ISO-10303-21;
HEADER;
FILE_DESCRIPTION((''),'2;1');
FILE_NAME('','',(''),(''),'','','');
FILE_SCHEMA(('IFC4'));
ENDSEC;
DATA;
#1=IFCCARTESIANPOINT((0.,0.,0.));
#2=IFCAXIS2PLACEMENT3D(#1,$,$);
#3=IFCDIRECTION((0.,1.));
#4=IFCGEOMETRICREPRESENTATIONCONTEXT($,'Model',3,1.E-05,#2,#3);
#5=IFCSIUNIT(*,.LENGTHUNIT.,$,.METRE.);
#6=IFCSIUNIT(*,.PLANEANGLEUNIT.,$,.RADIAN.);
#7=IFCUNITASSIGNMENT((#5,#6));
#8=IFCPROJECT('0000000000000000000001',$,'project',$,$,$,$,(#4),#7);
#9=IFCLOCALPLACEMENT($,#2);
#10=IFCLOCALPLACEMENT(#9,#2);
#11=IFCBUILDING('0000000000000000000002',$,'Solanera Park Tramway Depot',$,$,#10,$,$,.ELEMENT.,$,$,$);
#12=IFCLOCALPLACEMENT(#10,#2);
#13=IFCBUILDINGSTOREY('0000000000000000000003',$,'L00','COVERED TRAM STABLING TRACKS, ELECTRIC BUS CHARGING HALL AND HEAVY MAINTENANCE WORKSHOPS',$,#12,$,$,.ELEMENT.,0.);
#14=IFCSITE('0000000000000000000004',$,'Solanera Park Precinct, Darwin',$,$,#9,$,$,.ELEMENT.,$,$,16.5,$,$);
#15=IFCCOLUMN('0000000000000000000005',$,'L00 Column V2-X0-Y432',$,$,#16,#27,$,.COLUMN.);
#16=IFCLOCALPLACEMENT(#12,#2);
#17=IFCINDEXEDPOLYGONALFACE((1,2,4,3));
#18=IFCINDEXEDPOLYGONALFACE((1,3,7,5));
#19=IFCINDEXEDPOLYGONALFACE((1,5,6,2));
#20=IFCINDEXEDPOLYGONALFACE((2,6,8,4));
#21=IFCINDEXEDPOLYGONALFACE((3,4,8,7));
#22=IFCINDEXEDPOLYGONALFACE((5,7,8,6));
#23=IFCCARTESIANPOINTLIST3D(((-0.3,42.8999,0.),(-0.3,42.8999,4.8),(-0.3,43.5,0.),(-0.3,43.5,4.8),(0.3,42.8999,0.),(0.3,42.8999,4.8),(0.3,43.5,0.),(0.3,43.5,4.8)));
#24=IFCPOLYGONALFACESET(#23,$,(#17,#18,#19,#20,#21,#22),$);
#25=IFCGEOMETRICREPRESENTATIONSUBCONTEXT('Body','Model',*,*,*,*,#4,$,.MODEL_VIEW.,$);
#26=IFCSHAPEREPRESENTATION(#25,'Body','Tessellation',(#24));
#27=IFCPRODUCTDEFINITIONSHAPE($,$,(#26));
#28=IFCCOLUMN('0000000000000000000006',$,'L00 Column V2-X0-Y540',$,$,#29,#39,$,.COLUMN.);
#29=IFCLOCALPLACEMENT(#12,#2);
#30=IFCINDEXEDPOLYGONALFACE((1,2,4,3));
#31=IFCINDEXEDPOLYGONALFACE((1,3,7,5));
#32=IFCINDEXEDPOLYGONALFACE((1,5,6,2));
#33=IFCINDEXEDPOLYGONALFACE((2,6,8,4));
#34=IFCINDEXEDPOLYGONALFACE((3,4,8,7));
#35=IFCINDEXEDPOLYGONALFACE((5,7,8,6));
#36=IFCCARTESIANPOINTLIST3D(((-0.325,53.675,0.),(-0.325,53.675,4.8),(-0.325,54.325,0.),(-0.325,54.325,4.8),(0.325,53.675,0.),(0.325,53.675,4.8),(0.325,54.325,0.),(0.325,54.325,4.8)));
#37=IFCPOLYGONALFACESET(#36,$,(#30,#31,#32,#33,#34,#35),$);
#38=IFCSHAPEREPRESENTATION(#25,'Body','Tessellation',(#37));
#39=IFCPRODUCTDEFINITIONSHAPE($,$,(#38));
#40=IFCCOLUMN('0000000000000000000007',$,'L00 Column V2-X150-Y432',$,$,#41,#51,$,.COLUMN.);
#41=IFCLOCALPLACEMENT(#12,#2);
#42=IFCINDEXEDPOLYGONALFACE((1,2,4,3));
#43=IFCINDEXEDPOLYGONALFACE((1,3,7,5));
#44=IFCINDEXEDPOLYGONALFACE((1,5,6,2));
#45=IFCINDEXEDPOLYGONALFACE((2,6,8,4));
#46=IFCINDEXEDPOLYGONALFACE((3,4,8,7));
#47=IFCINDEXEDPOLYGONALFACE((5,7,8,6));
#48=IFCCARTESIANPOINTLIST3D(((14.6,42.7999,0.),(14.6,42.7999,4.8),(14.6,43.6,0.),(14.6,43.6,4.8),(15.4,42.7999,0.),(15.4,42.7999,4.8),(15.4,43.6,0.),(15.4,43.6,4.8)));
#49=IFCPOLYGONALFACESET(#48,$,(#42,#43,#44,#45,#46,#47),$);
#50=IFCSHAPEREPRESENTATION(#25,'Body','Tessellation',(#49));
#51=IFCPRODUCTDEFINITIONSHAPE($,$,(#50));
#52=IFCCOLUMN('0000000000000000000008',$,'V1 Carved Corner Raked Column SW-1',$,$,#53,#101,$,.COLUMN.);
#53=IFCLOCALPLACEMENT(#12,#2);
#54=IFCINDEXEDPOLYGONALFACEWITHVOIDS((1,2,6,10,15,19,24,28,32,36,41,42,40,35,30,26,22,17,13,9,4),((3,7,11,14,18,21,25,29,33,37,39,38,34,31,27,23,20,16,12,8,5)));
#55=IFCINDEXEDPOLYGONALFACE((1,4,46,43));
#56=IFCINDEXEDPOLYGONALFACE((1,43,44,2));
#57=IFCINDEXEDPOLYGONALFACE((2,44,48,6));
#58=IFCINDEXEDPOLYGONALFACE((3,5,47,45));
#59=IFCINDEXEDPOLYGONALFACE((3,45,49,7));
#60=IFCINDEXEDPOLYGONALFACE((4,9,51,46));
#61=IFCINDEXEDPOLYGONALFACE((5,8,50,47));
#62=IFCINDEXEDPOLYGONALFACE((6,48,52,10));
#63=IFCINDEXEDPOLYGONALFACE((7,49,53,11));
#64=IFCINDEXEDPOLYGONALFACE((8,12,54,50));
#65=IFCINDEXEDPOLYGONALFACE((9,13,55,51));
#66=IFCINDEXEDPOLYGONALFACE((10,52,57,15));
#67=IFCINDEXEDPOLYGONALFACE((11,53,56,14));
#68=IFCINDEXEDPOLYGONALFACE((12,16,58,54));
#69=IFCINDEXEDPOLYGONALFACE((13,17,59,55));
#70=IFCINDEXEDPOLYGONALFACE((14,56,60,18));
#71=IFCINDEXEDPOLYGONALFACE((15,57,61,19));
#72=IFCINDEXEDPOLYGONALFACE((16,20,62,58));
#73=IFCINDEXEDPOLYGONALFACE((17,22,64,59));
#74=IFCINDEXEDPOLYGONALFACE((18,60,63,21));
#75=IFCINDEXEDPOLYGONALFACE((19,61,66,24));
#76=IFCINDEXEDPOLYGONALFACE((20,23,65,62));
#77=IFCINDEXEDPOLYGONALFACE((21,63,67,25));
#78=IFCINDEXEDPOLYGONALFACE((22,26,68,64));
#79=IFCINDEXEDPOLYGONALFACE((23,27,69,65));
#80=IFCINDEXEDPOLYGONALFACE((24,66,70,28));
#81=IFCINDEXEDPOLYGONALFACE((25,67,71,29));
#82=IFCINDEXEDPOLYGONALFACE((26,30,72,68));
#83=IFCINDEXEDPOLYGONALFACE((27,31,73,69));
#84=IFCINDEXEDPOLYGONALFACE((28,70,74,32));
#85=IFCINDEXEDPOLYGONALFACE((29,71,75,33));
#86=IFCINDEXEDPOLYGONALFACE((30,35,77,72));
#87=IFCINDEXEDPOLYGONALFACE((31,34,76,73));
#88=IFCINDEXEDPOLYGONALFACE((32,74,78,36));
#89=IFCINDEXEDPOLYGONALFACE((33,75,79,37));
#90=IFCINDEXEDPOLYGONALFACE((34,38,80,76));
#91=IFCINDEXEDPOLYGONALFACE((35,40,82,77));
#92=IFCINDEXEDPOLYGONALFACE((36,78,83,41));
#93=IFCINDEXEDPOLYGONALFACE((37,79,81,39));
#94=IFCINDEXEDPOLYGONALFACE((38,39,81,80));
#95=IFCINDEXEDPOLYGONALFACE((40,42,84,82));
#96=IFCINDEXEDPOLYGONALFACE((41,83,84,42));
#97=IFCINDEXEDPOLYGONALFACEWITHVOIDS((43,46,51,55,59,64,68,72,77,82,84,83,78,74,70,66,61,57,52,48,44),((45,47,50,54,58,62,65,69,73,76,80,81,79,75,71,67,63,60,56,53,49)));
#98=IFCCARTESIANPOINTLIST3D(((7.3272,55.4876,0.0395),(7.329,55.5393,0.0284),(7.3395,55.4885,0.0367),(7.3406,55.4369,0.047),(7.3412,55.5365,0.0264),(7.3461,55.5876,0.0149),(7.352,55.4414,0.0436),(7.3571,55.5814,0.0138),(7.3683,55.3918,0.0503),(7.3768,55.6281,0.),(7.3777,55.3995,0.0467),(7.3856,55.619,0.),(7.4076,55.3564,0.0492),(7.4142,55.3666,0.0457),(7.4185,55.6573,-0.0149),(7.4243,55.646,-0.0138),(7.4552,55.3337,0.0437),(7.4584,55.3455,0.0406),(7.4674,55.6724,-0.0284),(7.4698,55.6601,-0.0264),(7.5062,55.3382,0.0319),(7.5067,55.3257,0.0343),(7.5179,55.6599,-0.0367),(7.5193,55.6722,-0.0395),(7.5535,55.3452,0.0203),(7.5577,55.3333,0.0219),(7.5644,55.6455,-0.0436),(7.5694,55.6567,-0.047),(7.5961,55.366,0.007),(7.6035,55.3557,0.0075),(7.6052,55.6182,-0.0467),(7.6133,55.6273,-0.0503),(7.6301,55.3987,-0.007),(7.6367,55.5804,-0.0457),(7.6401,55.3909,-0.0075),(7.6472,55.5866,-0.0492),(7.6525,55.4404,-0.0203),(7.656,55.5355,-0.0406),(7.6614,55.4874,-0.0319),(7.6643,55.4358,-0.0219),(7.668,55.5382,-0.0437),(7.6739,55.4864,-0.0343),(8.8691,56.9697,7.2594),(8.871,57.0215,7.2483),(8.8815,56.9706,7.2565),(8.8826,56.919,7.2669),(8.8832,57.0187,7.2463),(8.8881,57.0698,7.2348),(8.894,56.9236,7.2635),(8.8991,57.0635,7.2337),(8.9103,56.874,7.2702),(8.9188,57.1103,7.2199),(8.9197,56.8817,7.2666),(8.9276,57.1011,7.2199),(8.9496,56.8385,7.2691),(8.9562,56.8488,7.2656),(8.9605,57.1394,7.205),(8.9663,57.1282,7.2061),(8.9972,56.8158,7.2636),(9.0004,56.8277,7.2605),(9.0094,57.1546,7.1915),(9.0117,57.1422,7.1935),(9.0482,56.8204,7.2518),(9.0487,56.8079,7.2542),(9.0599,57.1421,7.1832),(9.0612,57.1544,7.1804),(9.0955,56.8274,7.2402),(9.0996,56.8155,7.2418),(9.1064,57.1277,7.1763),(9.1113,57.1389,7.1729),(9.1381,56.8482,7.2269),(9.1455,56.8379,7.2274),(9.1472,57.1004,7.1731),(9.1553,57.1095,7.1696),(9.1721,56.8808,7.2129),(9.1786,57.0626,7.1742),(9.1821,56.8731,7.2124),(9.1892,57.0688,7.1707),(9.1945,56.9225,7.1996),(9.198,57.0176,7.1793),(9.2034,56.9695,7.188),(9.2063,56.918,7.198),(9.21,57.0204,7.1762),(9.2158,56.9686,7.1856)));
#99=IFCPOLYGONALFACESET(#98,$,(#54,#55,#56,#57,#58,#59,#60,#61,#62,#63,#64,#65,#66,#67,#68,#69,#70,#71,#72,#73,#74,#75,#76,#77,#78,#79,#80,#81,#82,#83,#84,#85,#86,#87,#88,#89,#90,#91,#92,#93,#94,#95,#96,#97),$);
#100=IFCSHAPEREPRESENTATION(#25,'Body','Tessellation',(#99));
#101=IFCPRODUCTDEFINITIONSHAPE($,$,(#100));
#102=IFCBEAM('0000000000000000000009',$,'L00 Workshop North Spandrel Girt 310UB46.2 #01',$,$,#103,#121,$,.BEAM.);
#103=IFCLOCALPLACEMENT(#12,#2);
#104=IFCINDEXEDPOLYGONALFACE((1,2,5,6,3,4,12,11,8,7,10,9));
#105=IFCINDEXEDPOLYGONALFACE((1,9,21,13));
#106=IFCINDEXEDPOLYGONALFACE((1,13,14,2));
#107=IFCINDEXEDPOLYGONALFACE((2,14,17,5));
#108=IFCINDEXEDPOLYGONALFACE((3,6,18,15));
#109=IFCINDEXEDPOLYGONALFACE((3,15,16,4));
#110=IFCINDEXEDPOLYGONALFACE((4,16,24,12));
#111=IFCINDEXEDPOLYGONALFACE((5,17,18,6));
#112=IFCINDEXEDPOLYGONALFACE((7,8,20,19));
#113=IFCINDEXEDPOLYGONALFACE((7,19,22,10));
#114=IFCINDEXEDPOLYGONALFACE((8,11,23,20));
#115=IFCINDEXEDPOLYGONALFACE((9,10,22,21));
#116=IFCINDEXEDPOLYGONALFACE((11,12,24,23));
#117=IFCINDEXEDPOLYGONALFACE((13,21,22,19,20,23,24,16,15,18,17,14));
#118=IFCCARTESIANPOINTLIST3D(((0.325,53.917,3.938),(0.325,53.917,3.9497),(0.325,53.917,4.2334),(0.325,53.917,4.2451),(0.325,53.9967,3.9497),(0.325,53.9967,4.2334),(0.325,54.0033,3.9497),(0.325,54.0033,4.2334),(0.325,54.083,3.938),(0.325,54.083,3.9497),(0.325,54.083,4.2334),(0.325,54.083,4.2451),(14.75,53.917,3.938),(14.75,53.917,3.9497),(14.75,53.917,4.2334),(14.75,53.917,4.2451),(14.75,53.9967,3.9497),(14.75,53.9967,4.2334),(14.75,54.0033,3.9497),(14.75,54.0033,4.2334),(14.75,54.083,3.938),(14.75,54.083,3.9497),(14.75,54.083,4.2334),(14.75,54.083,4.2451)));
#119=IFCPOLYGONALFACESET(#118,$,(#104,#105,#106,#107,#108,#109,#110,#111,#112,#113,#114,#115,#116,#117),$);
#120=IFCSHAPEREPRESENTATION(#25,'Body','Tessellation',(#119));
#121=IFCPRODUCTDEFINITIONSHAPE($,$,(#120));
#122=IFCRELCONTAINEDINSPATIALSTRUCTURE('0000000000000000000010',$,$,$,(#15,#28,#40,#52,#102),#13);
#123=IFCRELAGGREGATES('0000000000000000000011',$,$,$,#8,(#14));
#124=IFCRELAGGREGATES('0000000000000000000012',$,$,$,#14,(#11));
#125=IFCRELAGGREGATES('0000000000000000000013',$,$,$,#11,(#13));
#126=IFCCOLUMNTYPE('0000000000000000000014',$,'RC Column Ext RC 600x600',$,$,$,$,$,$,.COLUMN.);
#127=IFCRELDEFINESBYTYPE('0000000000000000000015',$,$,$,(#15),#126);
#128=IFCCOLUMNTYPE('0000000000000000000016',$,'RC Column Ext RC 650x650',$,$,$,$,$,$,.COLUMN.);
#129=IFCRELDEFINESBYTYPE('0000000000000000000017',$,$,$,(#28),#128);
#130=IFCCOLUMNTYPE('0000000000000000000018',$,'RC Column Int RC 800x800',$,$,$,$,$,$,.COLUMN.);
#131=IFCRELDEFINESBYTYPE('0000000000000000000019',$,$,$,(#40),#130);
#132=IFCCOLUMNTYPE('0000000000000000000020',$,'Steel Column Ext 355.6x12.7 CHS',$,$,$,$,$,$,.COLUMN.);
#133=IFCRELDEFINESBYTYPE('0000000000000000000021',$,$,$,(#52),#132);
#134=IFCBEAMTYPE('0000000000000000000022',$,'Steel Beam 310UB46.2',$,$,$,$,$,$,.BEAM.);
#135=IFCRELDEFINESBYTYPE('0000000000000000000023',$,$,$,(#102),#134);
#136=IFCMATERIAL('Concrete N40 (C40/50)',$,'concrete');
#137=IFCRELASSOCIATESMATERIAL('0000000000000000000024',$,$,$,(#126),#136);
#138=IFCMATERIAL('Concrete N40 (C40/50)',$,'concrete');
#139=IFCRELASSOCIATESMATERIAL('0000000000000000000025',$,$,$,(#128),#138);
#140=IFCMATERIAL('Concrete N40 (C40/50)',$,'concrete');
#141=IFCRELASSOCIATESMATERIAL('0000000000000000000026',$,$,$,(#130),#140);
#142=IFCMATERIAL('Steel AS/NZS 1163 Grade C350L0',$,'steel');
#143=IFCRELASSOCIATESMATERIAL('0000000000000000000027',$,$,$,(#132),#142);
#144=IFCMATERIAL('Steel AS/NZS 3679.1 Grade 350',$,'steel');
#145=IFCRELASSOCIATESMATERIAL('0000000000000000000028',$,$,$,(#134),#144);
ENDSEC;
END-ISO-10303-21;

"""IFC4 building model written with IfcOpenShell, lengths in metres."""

from ifc_helpers import new_model, si_unit, direction, frame, origin, origin_2d, place, context, subcontext, project, spatial, rectangle, hollow_circle, i_section, extrude, material, material_profile, profile_set, type_object, element, save


model = new_model("IFC4")

# Units and contexts
model_context = context("Model", 3, precision=1e-05, world=origin(), true_north=direction((0.0, 1.0)))
body_context = subcontext(model_context, "Body", "Model", "MODEL_VIEW")
ifc_project = project(units=[si_unit("LENGTHUNIT", "METRE"), si_unit("PLANEANGLEUNIT", "RADIAN")], contexts=[model_context])

# Site, building, storey
site_placement = place(None, origin())
site = spatial("IfcSite", under=ifc_project, at=site_placement, Name="Solanera Park Precinct, Darwin", CompositionType="ELEMENT", RefElevation=16.5)
building_placement = place(site_placement, origin())
building = spatial("IfcBuilding", under=site, at=building_placement, Name="Solanera Park Tramway Depot", CompositionType="ELEMENT")
storey_placement = place(building_placement, origin())
storey = spatial("IfcBuildingStorey", under=building, at=storey_placement, Name="L00", Description="COVERED TRAM STABLING TRACKS, ELECTRIC BUS CHARGING HALL AND HEAVY MAINTENANCE WORKSHOPS", CompositionType="ELEMENT", Elevation=0.0)

# Columns
ifc_material_1 = material(Name="Concrete N40 (C40/50)", Category="concrete")
ifc_material_profile_1 = material_profile(ifc_material_1, rectangle(XDim=0.6001, YDim=0.6001, at=origin_2d()), Name="RC 600x600")
ifc_profile_set_1 = profile_set([ifc_material_profile_1], Name="Concrete N40 (C40/50)")
column_type_1 = type_object("IfcColumnType", Name="RC Column Ext RC 600x600", PredefinedType="COLUMN", material=ifc_profile_set_1)
column_1_placement = place(storey_placement, frame((0.0, 43.2, 0.0), z_axis=(0.0, 0.0, 1.0), x_axis=(1.0, 0.0, 0.0)))
element("IfcColumn", 1, at=column_1_placement, inside=storey, type_object=column_type_1, Name="L00 Column V2-X0-Y432", PredefinedType="COLUMN", context=body_context, shape_type="SweptSolid", body=[
    extrude(rectangle(XDim=0.6001, YDim=0.6001, at=origin_2d()), origin(), (0.0, 0.0, 1.0), 4.8),
])
ifc_material_2 = material(Name="Concrete N40 (C40/50)", Category="concrete")
ifc_material_profile_2 = material_profile(ifc_material_2, rectangle(XDim=0.6499, YDim=0.6499, at=origin_2d()), Name="RC 650x650")
ifc_profile_set_2 = profile_set([ifc_material_profile_2], Name="Concrete N40 (C40/50)")
column_type_2 = type_object("IfcColumnType", Name="RC Column Ext RC 650x650", PredefinedType="COLUMN", material=ifc_profile_set_2)
column_2_placement = place(storey_placement, frame((0.0, 54.0, 0.0), z_axis=(0.0, 0.0, 1.0), x_axis=(1.0, 0.0, 0.0)))
element("IfcColumn", 2, at=column_2_placement, inside=storey, type_object=column_type_2, Name="L00 Column V2-X0-Y540", PredefinedType="COLUMN", context=body_context, shape_type="SweptSolid", body=[
    extrude(rectangle(XDim=0.6499, YDim=0.6499, at=origin_2d()), origin(), (0.0, 0.0, 1.0), 4.8),
])
ifc_material_3 = material(Name="Concrete N40 (C40/50)", Category="concrete")
ifc_material_profile_3 = material_profile(ifc_material_3, rectangle(XDim=0.8, YDim=0.8, at=origin_2d()), Name="RC 800x800")
ifc_profile_set_3 = profile_set([ifc_material_profile_3], Name="Concrete N40 (C40/50)")
column_type_3 = type_object("IfcColumnType", Name="RC Column Int RC 800x800", PredefinedType="COLUMN", material=ifc_profile_set_3)
column_3_placement = place(storey_placement, frame((15.0, 43.2, 0.0), z_axis=(0.0, 0.0, 1.0), x_axis=(1.0, 0.0, 0.0)))
element("IfcColumn", 3, at=column_3_placement, inside=storey, type_object=column_type_3, Name="L00 Column V2-X150-Y432", PredefinedType="COLUMN", context=body_context, shape_type="SweptSolid", body=[
    extrude(rectangle(XDim=0.8, YDim=0.8, at=origin_2d()), origin(), (0.0, 0.0, 1.0), 4.8),
])
ifc_material_4 = material(Name="Steel AS/NZS 1163 Grade C350L0", Category="steel")
ifc_material_profile_4 = material_profile(ifc_material_4, hollow_circle(Radius=0.1777, WallThickness=0.0127, at=origin_2d()), Name="355.6x12.7 CHS")
ifc_profile_set_4 = profile_set([ifc_material_profile_4], Name="Steel AS/NZS 1163 Grade C350L0")
column_type_4 = type_object("IfcColumnType", Name="Steel Column Ext 355.6x12.7 CHS", PredefinedType="COLUMN", material=ifc_profile_set_4)
column_4_placement = place(storey_placement, frame((7.5, 55.5, 0.0), z_axis=(0.204777, 0.196833, 0.958813), x_axis=(-0.692986, 0.720952, 0.0)))
element("IfcColumn", 4, at=column_4_placement, inside=storey, type_object=column_type_4, Name="V1 Carved Corner Raked Column SW-1", PredefinedType="COLUMN", context=body_context, shape_type="SweptSolid", body=[
    extrude(hollow_circle(Radius=0.1777, WallThickness=0.0127, at=origin_2d()), origin(), (0.0, 0.0, 1.0), 7.53),
])

# Beam
ifc_material_5 = material(Name="Steel AS/NZS 3679.1 Grade 350", Category="steel")
ifc_material_profile_5 = material_profile(ifc_material_5, i_section(OverallWidth=0.166, OverallDepth=0.3071, WebThickness=0.0066, FlangeThickness=0.0117, at=origin_2d()), Name="310UB46.2")
ifc_profile_set_5 = profile_set([ifc_material_profile_5], Name="Steel AS/NZS 3679.1 Grade 350")
beam_type = type_object("IfcBeamType", Name="Steel Beam 310UB46.2", PredefinedType="BEAM", material=ifc_profile_set_5)
beam_placement = place(storey_placement, frame((0.325, 54.0, 4.0916), z_axis=(1.0, 0.0, 0.0), x_axis=(0.0, 1.0, 0.0)))
element("IfcBeam", 5, at=beam_placement, inside=storey, type_object=beam_type, Name="L00 Workshop North Spandrel Girt 310UB46.2 #01", PredefinedType="BEAM", context=body_context, shape_type="SweptSolid", body=[
    extrude(i_section(OverallWidth=0.166, OverallDepth=0.3071, WebThickness=0.0066, FlangeThickness=0.0117, at=origin_2d()), origin(), (0.0, 0.0, 1.0), 14.425),
])

save(model, "model.ifc")
